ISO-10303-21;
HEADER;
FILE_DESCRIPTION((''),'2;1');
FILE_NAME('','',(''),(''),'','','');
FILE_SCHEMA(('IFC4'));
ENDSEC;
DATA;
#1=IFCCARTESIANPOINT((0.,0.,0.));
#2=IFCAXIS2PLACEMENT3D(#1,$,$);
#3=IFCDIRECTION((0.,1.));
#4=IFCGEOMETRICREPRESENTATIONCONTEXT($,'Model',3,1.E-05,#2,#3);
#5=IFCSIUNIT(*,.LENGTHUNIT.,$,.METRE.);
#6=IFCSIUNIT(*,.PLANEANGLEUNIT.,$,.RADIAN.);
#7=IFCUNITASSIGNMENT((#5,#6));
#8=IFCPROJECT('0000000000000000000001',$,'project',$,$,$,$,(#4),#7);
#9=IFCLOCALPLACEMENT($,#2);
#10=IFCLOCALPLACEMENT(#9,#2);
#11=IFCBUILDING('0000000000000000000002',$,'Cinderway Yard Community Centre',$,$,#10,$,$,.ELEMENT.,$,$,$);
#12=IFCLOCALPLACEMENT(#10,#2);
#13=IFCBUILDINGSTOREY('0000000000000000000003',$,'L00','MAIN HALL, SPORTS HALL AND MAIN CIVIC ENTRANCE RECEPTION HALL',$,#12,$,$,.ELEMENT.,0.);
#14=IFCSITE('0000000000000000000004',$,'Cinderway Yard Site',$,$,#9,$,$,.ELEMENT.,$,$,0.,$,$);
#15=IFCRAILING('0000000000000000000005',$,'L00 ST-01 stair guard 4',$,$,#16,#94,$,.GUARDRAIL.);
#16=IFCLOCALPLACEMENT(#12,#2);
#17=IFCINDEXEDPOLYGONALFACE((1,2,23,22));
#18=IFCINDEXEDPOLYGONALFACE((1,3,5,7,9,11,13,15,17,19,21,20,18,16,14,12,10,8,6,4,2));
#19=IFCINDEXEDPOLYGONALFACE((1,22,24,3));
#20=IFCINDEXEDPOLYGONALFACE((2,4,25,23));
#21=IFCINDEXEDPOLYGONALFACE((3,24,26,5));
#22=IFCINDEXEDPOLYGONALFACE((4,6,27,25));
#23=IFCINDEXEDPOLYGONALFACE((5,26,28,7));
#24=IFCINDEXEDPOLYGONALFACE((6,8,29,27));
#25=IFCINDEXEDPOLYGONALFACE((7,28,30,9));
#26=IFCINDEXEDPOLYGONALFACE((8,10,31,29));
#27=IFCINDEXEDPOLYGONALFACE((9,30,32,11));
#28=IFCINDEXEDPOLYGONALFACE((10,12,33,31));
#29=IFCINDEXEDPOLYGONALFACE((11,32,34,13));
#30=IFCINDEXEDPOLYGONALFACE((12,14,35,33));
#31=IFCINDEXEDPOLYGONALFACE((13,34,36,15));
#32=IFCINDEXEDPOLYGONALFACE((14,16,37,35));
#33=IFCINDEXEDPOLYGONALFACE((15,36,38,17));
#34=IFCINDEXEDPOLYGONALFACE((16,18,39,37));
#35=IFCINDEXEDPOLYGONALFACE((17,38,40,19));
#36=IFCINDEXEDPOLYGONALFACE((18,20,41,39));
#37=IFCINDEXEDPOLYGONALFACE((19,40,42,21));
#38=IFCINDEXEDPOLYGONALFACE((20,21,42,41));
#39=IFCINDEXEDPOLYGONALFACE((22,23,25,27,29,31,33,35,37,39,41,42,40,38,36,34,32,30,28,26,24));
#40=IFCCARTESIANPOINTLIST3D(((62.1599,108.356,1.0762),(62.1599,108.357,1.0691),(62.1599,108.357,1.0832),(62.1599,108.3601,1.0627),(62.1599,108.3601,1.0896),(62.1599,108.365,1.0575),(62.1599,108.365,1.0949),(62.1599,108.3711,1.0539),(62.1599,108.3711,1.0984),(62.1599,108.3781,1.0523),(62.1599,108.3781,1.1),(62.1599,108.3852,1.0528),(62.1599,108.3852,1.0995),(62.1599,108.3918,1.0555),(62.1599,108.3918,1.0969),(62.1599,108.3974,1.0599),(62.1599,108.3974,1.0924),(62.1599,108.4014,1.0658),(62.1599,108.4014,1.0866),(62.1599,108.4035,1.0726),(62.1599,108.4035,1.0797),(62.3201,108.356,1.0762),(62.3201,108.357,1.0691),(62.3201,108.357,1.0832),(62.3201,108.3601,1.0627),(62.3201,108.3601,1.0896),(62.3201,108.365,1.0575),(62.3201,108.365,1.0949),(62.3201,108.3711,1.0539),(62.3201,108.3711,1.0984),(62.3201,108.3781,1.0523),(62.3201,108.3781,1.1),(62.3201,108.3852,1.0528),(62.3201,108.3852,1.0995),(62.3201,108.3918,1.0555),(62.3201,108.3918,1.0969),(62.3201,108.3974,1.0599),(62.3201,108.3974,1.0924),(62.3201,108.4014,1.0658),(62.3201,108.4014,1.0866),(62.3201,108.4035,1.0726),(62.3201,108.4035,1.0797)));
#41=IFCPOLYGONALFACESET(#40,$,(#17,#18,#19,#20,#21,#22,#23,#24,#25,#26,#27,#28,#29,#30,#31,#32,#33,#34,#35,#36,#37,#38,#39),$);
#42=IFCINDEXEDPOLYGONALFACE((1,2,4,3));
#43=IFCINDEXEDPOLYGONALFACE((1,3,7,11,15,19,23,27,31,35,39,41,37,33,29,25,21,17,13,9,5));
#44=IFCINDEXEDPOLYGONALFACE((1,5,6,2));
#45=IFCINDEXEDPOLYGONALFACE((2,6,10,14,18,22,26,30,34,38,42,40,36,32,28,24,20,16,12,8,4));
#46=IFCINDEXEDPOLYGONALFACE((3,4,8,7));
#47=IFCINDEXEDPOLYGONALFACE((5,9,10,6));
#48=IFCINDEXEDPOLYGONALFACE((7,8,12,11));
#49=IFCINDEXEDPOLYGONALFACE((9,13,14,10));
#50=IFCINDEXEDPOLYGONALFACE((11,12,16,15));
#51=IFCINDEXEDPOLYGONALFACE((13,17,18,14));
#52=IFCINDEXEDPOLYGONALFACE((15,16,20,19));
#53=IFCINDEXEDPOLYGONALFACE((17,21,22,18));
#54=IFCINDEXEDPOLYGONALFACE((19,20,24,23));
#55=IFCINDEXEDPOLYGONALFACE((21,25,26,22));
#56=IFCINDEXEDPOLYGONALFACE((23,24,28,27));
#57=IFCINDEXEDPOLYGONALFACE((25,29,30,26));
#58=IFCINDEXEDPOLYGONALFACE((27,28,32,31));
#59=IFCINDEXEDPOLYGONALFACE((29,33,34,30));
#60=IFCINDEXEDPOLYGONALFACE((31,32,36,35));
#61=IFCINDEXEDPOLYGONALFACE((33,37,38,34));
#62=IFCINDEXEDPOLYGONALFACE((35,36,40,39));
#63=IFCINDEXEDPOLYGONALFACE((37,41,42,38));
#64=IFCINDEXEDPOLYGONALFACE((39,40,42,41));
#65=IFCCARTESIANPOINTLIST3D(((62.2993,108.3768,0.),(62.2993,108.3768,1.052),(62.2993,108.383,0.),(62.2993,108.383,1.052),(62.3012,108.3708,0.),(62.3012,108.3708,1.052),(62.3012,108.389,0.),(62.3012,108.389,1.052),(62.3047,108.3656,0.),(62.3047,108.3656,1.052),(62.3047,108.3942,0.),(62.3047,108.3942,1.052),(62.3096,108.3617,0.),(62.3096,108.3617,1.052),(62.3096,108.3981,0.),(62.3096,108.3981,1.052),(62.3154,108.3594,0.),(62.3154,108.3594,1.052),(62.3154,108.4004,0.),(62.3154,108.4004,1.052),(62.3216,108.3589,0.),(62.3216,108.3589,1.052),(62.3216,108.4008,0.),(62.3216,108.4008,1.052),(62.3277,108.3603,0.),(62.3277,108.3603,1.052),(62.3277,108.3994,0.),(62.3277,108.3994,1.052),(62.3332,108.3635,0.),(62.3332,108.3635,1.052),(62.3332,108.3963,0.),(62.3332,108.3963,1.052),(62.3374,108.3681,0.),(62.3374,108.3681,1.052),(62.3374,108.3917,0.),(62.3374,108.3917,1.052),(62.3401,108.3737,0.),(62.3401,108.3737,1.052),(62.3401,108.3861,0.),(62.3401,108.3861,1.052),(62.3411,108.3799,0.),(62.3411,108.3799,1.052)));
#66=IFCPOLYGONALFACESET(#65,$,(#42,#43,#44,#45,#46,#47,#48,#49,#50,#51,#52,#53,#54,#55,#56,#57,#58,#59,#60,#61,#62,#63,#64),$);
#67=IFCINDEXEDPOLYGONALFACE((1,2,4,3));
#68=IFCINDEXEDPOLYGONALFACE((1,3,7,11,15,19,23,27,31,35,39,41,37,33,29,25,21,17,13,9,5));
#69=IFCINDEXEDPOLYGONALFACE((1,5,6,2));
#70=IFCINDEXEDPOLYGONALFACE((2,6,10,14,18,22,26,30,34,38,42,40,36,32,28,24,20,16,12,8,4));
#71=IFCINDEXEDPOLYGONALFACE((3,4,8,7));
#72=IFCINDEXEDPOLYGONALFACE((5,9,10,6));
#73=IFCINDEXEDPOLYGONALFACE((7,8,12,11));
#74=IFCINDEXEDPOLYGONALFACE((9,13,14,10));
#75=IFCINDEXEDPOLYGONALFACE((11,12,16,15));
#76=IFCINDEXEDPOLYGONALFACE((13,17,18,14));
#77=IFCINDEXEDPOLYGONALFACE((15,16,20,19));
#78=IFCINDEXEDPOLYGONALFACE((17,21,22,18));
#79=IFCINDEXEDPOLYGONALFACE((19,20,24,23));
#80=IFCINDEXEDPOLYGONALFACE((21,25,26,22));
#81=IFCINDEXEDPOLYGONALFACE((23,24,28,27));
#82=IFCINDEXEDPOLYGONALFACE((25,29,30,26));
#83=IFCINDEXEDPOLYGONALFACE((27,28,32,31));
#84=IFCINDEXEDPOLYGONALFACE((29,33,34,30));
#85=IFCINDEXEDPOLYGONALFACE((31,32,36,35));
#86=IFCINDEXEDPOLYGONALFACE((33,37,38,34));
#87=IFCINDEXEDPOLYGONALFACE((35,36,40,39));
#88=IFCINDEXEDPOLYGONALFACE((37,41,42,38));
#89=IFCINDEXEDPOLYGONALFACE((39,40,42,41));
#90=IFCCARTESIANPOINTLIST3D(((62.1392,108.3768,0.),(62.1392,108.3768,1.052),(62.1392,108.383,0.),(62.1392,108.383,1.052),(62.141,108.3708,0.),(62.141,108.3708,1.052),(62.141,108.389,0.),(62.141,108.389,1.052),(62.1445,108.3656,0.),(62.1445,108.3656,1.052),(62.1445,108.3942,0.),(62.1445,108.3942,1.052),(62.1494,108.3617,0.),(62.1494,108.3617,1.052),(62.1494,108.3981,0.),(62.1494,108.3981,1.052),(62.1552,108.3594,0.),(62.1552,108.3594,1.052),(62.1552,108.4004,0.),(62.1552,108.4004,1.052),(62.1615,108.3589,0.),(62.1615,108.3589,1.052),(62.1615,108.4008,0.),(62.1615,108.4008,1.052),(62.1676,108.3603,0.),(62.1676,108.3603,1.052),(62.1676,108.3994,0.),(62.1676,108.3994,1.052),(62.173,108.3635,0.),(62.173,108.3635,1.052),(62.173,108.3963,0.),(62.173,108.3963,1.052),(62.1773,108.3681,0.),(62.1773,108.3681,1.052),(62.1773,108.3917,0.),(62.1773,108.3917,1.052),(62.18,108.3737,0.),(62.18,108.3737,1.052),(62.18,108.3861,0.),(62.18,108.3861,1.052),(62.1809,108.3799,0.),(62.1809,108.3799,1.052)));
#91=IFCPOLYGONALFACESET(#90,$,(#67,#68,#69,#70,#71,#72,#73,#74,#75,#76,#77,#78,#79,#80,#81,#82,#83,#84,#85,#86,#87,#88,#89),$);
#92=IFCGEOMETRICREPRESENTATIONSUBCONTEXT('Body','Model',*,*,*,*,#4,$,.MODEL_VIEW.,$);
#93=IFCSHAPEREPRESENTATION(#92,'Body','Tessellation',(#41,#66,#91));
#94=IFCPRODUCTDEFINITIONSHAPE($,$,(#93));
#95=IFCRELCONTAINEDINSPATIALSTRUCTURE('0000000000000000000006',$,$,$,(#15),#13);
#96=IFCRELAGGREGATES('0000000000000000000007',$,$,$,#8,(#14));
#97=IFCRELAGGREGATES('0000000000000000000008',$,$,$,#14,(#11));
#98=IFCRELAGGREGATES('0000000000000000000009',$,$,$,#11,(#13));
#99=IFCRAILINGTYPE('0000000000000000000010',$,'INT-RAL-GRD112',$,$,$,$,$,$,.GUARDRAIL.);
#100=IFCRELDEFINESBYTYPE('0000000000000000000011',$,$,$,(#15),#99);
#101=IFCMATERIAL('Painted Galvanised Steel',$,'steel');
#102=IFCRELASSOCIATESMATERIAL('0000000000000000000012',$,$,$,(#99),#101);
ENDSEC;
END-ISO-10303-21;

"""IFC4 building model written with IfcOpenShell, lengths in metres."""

from ifc_helpers import new_model, si_unit, direction, frame, origin, origin_2d, place, context, subcontext, project, spatial, circle, extrude, material, type_object, element, save


model = new_model("IFC4")

# Units and contexts
model_context = context("Model", 3, precision=1e-05, world=origin(), true_north=direction((0.0, 1.0)))
body_context = subcontext(model_context, "Body", "Model", "MODEL_VIEW")
ifc_project = project(units=[si_unit("LENGTHUNIT", "METRE"), si_unit("PLANEANGLEUNIT", "RADIAN")], contexts=[model_context])

# Site, building, storey
site_placement = place(None, origin())
site = spatial("IfcSite", under=ifc_project, at=site_placement, Name="Cinderway Yard Site", CompositionType="ELEMENT", RefElevation=0.0)
building_placement = place(site_placement, origin())
building = spatial("IfcBuilding", under=site, at=building_placement, Name="Cinderway Yard Community Centre", CompositionType="ELEMENT")
storey_placement = place(building_placement, origin())
storey = spatial("IfcBuildingStorey", under=building, at=storey_placement, Name="L00", Description="MAIN HALL, SPORTS HALL AND MAIN CIVIC ENTRANCE RECEPTION HALL", CompositionType="ELEMENT", Elevation=0.0)

# Railing
ifc_material_1 = material(Name="Painted Galvanised Steel", Category="steel")
railing_type_1 = type_object("IfcRailingType", Name="INT-RAL-GRD112", PredefinedType="GUARDRAIL", material=ifc_material_1)
railing_1_placement = place(storey_placement, frame((62.3201, 108.3799, 0.0)))
element("IfcRailing", 1, at=railing_1_placement, inside=storey, type_object=railing_type_1, Name="L00 ST-01 stair guard 4", PredefinedType="GUARDRAIL", context=body_context, shape_type="SweptSolid", body=[
    extrude(circle(Radius=0.0239, at=origin_2d()), frame((0.0, 0.0, 1.0762), z_axis=(-1.0, 0.0, 0.0), x_axis=(0.0, -1.0, 0.0)), (0.0, 0.0, 1.0), 0.1602),
    extrude(circle(Radius=0.021, at=origin_2d()), origin(), (0.0, 0.0, 1.0), 1.052),
    extrude(circle(Radius=0.021, at=origin_2d()), frame((-0.1602, 0.0, 0.0)), (0.0, 0.0, 1.0), 1.052),
])

save(model, "model.ifc")
